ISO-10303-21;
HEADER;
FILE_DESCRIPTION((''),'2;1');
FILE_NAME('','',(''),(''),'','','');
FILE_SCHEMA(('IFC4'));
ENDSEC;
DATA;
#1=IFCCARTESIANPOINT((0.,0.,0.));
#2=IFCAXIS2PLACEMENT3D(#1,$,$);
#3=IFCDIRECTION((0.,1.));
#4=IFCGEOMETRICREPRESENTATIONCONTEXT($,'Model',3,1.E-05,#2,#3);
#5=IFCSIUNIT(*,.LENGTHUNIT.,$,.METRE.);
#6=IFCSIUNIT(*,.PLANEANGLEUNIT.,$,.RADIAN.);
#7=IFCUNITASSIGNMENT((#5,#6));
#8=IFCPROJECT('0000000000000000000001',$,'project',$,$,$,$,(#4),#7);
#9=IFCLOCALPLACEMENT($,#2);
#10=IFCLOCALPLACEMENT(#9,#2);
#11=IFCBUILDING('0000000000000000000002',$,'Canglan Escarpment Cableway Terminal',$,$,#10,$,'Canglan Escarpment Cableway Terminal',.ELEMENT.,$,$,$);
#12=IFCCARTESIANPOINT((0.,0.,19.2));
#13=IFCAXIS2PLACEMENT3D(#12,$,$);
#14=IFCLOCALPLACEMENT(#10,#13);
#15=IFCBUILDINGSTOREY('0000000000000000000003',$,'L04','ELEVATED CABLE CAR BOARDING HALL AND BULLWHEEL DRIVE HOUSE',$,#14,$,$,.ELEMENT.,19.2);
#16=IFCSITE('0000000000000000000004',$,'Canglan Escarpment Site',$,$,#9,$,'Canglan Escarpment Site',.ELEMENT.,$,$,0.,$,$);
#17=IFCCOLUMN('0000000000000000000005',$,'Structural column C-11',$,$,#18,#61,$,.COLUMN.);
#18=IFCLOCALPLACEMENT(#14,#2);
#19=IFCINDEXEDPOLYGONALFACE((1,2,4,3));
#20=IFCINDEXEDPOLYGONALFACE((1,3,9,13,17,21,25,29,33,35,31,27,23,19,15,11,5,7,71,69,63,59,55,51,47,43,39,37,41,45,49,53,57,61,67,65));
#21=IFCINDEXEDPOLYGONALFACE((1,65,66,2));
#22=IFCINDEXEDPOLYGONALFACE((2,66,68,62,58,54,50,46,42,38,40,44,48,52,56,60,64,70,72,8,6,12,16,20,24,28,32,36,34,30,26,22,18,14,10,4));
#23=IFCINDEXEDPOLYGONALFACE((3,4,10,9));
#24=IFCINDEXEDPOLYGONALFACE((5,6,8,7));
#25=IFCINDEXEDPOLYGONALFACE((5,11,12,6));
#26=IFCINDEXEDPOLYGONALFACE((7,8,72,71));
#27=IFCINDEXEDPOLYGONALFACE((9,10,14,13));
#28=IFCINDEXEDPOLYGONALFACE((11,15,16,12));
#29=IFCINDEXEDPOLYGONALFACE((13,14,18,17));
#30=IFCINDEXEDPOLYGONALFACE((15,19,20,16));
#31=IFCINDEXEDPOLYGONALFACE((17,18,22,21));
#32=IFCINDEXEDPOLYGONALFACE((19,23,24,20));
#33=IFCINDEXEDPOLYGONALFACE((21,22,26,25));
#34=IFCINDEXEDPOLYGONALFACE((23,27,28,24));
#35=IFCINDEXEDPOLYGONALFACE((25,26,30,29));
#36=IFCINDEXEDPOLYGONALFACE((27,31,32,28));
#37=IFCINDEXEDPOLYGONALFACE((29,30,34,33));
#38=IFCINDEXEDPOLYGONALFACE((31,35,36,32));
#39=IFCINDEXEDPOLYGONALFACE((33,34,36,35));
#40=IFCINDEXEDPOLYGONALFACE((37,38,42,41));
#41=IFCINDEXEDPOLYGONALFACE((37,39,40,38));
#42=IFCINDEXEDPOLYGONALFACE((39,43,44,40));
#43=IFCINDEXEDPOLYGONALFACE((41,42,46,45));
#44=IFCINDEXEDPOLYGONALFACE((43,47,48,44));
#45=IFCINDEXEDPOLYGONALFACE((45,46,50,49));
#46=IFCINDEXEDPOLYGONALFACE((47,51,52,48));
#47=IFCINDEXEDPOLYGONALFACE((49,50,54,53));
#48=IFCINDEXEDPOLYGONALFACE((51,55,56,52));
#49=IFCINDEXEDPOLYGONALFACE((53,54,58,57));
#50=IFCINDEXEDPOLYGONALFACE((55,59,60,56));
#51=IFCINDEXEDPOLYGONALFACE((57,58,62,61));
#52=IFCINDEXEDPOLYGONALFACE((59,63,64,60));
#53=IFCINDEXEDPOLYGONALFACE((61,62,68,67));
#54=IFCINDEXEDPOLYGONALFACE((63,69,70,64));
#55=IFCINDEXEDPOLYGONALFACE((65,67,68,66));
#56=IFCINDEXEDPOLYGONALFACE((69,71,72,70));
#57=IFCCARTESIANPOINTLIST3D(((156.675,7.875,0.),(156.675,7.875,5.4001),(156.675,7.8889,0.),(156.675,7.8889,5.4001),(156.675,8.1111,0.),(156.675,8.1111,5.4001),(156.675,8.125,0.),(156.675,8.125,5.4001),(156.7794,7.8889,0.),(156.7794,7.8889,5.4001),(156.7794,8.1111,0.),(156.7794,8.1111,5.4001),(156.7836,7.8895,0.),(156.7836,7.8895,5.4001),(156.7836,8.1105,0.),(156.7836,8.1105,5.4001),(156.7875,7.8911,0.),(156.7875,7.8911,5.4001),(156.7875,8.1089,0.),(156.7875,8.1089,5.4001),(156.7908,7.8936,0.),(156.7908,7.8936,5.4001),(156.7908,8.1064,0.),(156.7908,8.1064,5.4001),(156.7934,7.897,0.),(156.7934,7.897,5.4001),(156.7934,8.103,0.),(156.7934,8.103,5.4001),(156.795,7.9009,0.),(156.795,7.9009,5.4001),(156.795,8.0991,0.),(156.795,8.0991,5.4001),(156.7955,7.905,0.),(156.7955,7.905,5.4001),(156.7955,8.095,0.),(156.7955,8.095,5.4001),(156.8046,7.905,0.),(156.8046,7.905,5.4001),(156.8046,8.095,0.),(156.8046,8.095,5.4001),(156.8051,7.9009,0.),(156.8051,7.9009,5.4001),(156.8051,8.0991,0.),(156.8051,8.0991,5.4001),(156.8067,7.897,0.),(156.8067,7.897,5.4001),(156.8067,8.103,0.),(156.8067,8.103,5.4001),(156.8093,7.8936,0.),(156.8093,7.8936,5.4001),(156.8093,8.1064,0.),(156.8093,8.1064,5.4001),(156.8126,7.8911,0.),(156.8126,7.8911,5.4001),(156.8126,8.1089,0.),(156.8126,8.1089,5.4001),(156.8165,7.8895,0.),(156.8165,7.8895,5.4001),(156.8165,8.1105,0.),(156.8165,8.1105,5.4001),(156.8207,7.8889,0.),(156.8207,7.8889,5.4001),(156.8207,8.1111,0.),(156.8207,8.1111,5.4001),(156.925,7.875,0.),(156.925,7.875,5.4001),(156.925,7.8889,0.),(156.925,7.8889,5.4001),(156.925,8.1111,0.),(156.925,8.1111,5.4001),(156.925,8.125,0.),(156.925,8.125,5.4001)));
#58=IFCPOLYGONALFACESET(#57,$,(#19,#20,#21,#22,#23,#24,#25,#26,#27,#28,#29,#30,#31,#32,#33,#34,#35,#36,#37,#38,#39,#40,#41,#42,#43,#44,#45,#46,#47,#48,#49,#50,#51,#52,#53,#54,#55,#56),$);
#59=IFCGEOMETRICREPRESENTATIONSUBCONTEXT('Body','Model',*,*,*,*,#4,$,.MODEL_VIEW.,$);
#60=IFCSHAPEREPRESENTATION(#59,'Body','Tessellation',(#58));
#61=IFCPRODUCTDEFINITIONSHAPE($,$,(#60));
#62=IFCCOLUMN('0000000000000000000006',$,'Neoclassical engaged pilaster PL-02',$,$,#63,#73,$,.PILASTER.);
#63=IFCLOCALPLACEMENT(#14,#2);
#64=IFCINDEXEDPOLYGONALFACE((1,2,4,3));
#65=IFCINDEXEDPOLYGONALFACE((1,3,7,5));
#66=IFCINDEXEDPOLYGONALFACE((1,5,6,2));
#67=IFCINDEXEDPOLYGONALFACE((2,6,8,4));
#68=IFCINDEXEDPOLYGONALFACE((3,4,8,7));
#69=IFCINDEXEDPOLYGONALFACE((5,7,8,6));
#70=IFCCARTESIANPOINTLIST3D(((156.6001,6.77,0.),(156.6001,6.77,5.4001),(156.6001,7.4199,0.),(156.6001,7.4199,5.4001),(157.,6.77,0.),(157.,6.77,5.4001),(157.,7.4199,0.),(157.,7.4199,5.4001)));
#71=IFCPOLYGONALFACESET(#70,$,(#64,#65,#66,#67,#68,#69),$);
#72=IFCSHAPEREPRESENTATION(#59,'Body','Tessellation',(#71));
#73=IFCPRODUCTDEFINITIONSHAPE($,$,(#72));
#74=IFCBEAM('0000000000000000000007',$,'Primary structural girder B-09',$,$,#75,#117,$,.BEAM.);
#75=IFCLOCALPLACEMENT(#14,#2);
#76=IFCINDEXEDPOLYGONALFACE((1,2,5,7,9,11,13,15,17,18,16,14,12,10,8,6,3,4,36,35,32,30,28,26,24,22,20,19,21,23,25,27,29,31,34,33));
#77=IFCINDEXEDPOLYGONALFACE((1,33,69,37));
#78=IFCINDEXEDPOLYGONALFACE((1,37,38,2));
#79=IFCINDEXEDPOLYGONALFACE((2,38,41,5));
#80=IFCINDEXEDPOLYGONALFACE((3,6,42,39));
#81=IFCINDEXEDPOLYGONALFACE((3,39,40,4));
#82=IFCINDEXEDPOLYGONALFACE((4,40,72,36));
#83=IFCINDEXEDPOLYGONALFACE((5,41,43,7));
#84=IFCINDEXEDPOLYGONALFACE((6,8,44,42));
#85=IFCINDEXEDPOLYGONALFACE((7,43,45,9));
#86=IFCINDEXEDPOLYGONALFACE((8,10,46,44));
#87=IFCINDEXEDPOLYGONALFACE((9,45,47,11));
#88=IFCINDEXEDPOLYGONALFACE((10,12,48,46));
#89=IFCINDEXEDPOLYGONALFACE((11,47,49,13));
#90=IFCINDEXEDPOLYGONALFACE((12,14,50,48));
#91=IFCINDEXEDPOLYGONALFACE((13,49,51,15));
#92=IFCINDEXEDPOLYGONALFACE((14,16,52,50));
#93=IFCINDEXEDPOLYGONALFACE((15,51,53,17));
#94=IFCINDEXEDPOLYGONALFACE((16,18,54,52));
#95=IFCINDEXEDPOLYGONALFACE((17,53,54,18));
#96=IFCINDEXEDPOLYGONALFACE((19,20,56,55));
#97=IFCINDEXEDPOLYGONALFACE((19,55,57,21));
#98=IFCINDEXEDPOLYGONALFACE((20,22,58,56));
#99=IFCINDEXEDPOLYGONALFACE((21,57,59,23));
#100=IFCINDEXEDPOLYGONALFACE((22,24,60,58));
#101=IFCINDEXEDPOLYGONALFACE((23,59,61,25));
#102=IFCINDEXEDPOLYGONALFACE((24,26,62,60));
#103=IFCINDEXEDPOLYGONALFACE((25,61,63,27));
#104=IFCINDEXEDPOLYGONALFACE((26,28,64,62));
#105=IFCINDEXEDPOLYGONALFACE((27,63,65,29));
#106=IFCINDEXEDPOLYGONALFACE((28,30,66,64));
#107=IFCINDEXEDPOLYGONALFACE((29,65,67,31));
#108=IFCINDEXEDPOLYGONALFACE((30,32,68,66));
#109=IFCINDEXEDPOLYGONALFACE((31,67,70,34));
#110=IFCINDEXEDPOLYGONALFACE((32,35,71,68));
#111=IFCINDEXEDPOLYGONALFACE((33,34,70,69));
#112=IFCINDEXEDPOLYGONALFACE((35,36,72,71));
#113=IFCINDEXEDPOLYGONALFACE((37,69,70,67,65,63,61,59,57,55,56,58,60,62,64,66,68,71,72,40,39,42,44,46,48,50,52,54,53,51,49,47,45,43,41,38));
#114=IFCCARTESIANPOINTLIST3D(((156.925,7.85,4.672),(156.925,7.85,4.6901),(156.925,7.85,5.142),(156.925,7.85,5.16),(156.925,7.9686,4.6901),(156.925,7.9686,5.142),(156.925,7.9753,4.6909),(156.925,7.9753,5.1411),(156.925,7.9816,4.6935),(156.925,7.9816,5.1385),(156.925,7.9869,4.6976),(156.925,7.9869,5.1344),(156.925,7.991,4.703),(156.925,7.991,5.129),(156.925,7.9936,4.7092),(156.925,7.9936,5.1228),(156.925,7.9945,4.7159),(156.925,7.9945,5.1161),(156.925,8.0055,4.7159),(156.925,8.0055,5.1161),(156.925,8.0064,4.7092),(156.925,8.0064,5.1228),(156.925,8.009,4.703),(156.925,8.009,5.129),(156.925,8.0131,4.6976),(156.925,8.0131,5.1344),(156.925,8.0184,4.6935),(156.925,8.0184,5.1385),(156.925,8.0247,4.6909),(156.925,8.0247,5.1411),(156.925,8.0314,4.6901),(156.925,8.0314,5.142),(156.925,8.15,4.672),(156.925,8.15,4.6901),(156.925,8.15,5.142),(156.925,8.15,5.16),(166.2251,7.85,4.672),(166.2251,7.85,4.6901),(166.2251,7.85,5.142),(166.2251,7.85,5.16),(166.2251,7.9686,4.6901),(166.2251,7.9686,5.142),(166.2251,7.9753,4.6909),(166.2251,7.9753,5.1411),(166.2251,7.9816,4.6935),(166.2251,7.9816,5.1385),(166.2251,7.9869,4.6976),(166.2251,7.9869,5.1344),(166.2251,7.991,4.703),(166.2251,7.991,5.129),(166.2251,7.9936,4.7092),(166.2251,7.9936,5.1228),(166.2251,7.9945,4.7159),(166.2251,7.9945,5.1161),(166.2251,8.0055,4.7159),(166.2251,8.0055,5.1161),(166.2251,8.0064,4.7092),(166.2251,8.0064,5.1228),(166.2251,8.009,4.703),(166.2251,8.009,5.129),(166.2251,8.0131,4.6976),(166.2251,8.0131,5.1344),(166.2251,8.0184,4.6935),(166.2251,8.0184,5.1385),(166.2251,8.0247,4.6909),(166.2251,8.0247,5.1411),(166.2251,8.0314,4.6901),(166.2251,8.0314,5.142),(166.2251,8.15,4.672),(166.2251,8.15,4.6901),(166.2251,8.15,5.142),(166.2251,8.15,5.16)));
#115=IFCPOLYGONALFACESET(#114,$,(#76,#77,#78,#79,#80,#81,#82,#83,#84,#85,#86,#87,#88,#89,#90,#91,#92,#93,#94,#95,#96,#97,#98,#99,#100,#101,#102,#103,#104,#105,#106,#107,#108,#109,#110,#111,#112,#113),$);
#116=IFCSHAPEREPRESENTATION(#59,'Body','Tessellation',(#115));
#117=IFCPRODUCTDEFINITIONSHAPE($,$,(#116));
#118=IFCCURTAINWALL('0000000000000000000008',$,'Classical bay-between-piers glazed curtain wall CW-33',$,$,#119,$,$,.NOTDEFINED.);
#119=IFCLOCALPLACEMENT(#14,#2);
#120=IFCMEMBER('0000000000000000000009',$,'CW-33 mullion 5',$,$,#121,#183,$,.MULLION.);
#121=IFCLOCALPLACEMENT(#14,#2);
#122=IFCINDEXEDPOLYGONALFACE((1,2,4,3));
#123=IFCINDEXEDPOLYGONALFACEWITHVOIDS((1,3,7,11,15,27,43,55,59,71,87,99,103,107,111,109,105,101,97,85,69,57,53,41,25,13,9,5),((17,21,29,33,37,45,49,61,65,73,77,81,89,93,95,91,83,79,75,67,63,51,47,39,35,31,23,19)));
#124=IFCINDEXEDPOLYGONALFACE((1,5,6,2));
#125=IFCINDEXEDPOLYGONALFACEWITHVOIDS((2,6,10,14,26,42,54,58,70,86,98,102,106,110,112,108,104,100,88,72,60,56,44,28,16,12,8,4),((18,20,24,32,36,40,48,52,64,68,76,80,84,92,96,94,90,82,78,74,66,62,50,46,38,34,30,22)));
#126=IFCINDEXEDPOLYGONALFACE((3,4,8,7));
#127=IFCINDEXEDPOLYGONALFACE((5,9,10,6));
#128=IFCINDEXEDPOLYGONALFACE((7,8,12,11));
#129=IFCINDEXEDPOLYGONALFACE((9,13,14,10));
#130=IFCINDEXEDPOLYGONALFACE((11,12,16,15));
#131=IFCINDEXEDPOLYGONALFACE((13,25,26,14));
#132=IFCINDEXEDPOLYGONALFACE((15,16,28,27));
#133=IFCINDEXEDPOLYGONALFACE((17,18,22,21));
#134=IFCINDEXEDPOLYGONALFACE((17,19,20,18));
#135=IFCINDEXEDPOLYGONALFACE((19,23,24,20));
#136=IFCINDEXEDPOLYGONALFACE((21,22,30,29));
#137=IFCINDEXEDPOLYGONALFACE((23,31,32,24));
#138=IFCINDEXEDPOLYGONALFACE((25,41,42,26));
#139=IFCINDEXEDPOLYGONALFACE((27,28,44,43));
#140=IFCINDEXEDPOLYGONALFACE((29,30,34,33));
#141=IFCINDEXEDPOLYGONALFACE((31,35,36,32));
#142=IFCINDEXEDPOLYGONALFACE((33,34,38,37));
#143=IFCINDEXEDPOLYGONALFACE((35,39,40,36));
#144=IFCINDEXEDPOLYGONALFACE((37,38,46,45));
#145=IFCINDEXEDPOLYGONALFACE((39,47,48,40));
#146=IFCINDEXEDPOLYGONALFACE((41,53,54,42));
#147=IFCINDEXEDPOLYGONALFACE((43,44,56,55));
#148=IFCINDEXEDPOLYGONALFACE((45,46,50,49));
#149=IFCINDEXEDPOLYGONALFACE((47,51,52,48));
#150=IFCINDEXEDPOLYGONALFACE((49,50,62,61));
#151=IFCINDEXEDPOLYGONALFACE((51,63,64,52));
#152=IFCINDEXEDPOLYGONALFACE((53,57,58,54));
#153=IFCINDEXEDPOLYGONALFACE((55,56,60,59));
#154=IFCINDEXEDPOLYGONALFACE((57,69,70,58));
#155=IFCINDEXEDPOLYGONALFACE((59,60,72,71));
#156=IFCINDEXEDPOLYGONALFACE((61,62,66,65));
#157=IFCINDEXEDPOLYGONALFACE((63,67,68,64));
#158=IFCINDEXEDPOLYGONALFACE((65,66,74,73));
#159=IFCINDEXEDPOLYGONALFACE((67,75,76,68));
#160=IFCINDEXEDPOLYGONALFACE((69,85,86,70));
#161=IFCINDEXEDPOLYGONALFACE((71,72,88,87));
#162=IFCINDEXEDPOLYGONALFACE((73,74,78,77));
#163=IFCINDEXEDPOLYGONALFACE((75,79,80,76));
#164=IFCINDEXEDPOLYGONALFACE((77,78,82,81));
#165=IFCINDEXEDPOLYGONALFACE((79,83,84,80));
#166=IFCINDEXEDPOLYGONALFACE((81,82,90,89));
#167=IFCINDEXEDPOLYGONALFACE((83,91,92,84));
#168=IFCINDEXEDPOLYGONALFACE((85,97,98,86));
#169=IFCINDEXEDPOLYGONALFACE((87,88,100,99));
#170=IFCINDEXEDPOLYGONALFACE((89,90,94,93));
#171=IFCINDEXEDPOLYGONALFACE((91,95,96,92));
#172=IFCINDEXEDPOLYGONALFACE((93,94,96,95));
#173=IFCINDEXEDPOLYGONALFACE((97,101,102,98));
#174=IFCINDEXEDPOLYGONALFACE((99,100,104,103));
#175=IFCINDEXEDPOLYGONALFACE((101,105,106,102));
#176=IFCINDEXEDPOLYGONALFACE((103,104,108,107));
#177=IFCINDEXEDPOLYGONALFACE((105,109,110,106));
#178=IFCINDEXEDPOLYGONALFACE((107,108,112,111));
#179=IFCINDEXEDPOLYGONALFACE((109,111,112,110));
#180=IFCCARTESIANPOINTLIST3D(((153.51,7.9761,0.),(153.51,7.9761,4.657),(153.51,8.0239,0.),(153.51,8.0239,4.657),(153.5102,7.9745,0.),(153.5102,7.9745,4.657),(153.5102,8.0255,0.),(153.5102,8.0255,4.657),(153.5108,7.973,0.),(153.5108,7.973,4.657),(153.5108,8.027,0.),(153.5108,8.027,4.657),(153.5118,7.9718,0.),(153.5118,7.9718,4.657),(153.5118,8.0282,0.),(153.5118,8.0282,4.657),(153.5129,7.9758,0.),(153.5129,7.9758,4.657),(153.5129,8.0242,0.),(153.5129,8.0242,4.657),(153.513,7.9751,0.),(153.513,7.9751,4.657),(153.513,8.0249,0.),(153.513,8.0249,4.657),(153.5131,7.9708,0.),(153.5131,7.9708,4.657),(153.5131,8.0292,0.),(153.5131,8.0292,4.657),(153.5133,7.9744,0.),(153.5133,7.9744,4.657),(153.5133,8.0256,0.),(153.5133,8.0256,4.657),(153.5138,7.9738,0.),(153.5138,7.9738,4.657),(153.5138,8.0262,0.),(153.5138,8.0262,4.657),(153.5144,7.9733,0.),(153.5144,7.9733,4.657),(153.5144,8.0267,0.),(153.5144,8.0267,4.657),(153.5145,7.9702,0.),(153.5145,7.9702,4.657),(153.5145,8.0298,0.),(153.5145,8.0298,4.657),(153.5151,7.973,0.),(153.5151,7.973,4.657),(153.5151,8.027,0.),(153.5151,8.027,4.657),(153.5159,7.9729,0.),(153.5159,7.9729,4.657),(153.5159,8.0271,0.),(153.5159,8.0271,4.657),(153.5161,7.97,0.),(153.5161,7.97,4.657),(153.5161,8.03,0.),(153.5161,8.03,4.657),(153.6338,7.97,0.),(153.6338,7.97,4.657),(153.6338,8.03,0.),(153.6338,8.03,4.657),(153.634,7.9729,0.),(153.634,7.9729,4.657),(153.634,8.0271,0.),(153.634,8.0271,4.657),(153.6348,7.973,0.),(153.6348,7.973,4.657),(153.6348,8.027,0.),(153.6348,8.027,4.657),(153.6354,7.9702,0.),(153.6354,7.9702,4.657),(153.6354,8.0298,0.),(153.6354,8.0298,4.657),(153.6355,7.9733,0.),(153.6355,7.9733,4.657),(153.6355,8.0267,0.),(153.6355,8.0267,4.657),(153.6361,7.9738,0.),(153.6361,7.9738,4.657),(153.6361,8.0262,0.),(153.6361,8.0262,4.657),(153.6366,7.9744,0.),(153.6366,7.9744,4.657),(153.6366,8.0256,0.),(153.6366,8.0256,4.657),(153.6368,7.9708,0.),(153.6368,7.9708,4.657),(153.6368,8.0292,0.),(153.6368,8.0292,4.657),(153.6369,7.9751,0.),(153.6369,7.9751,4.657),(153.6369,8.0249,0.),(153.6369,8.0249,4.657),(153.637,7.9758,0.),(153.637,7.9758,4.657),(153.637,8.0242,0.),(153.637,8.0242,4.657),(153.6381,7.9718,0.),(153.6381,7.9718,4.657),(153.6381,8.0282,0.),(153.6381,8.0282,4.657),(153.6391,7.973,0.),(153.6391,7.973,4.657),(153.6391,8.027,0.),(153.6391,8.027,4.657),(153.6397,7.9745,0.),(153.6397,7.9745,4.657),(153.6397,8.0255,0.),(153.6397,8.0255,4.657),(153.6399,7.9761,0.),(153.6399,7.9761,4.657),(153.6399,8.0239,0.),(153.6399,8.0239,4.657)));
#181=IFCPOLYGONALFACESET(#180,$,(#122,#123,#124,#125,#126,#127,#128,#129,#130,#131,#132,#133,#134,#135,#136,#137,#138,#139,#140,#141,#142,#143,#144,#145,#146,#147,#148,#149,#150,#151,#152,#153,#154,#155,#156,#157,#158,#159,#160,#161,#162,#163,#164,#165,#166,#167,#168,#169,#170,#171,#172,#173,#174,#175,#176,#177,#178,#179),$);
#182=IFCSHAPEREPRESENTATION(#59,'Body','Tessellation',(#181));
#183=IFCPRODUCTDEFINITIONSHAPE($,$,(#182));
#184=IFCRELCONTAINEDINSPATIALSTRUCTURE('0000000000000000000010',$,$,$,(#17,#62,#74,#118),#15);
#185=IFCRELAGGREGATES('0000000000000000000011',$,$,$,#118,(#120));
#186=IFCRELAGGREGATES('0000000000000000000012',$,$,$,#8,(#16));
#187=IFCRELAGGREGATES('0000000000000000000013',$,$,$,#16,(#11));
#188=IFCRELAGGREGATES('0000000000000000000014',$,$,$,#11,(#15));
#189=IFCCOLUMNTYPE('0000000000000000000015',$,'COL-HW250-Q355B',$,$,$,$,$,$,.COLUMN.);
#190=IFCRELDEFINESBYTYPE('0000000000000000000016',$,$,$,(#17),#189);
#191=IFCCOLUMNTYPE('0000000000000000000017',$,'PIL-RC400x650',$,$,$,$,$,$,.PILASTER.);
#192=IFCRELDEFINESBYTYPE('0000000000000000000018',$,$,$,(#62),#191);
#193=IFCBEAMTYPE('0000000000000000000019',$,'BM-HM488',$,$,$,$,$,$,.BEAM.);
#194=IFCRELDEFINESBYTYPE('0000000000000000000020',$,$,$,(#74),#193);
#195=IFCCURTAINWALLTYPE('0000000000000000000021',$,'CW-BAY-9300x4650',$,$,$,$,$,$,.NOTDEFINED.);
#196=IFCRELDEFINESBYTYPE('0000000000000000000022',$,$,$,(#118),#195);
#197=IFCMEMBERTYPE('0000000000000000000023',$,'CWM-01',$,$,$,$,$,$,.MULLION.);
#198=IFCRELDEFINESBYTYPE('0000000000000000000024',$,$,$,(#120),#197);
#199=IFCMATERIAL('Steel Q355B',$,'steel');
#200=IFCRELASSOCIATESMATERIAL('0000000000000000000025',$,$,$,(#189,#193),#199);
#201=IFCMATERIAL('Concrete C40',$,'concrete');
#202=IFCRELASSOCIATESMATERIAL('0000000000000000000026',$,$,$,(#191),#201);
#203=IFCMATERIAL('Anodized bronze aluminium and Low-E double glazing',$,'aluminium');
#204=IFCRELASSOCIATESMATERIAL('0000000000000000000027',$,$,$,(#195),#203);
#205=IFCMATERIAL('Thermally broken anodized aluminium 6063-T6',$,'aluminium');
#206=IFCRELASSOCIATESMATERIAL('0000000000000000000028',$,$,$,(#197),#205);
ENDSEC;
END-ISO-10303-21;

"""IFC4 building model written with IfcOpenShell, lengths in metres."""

from ifc_helpers import new_model, si_unit, direction, frame, origin, origin_2d, place, context, subcontext, project, spatial, rectangle, hollow_rectangle, i_section, extrude, material, material_profile, profile_set, type_object, element, aggregate, save


model = new_model("IFC4")

# Units and contexts
model_context = context("Model", 3, precision=1e-05, world=origin(), true_north=direction((0.0, 1.0)))
body_context = subcontext(model_context, "Body", "Model", "MODEL_VIEW")
ifc_project = project(units=[si_unit("LENGTHUNIT", "METRE"), si_unit("PLANEANGLEUNIT", "RADIAN")], contexts=[model_context])

# Site, building, storey
site_placement = place(None, origin())
site = spatial("IfcSite", under=ifc_project, at=site_placement, Name="Canglan Escarpment Site", LongName="Canglan Escarpment Site", CompositionType="ELEMENT", RefElevation=0.0)
building_placement = place(site_placement, origin())
building = spatial("IfcBuilding", under=site, at=building_placement, Name="Canglan Escarpment Cableway Terminal", LongName="Canglan Escarpment Cableway Terminal", CompositionType="ELEMENT")
storey_placement = place(building_placement, frame((0.0, 0.0, 19.2)))
storey = spatial("IfcBuildingStorey", under=building, at=storey_placement, Name="L04", Description="ELEVATED CABLE CAR BOARDING HALL AND BULLWHEEL DRIVE HOUSE", CompositionType="ELEMENT", Elevation=19.2)

# Columns
ifc_material_1 = material(Name="Steel Q355B", Category="steel")
ifc_material_profile_1 = material_profile(ifc_material_1, i_section(OverallWidth=0.25, OverallDepth=0.25, WebThickness=0.009, FlangeThickness=0.0139, FilletRadius=0.0161, at=origin_2d()), Name="HW 250x250x9x14")
ifc_profile_set_1 = profile_set([ifc_material_profile_1], Name="Steel Q355B")
column_type_1 = type_object("IfcColumnType", Name="COL-HW250-Q355B", PredefinedType="COLUMN", material=ifc_profile_set_1)
column_1_placement = place(storey_placement, frame((156.8, 8.0, 0.0), z_axis=(0.0, 0.0, 1.0), x_axis=(1.0, 0.0, 0.0)))
element("IfcColumn", 1, at=column_1_placement, inside=storey, type_object=column_type_1, Name="Structural column C-11", PredefinedType="COLUMN", context=body_context, shape_type="SweptSolid", body=[
    extrude(i_section(OverallWidth=0.25, OverallDepth=0.25, WebThickness=0.009, FlangeThickness=0.0139, FilletRadius=0.0161, at=origin_2d()), origin(), (0.0, 0.0, 1.0), 5.4001),
])
ifc_material_2 = material(Name="Concrete C40", Category="concrete")
ifc_material_profile_2 = material_profile(ifc_material_2, rectangle(XDim=0.3999, YDim=0.6499, at=origin_2d()), Name="RC-PIL 400x650")
ifc_profile_set_2 = profile_set([ifc_material_profile_2], Name="Concrete C40")
column_type_2 = type_object("IfcColumnType", Name="PIL-RC400x650", PredefinedType="PILASTER", material=ifc_profile_set_2)
column_2_placement = place(storey_placement, frame((156.8, 7.095, 0.0), z_axis=(0.0, 0.0, 1.0), x_axis=(1.0, 0.0, 0.0)))
element("IfcColumn", 2, at=column_2_placement, inside=storey, type_object=column_type_2, Name="Neoclassical engaged pilaster PL-02", PredefinedType="PILASTER", context=body_context, shape_type="SweptSolid", body=[
    extrude(rectangle(XDim=0.3999, YDim=0.6499, at=origin_2d()), origin(), (0.0, 0.0, 1.0), 5.4001),
])

# Beam
ifc_material_profile_3 = material_profile(ifc_material_1, i_section(OverallWidth=0.3, OverallDepth=0.488, WebThickness=0.011, FlangeThickness=0.0181, FilletRadius=0.0259, at=origin_2d()), Name="HM 488x300x11x18")
ifc_profile_set_3 = profile_set([ifc_material_profile_3], Name="Steel Q355B")
beam_type = type_object("IfcBeamType", Name="BM-HM488", PredefinedType="BEAM", material=ifc_profile_set_3)
beam_placement = place(storey_placement, frame((156.925, 8.0, 4.916), z_axis=(1.0, 0.0, 0.0), x_axis=(0.0, 1.0, 0.0)))
element("IfcBeam", 3, at=beam_placement, inside=storey, type_object=beam_type, Name="Primary structural girder B-09", PredefinedType="BEAM", context=body_context, shape_type="SweptSolid", body=[
    extrude(i_section(OverallWidth=0.3, OverallDepth=0.488, WebThickness=0.011, FlangeThickness=0.0181, FilletRadius=0.0259, at=origin_2d()), origin(), (0.0, 0.0, 1.0), 9.3),
])

# Curtain wall, member
ifc_material_3 = material(Name="Anodized bronze aluminium and Low-E double glazing", Category="aluminium")
curtain_wall_type = type_object("IfcCurtainWallType", Name="CW-BAY-9300x4650", PredefinedType="NOTDEFINED", material=ifc_material_3)
curtain_wall_1_placement = place(storey_placement, origin())
curtain_wall_1 = element("IfcCurtainWall", 4, at=curtain_wall_1_placement, inside=storey, type_object=curtain_wall_type, Name="Classical bay-between-piers glazed curtain wall CW-33", PredefinedType="NOTDEFINED")
ifc_material_4 = material(Name="Thermally broken anodized aluminium 6063-T6", Category="aluminium")
ifc_material_profile_4 = material_profile(ifc_material_4, hollow_rectangle(XDim=0.0601, YDim=0.1299, WallThickness=0.0029, InnerFilletRadius=0.0029, OuterFilletRadius=0.0061, at=origin_2d()), Name="ALU-MULL 60x130x3")
ifc_profile_set_4 = profile_set([ifc_material_profile_4], Name="Thermally broken anodized aluminium 6063-T6")
member_type_1 = type_object("IfcMemberType", Name="CWM-01", PredefinedType="MULLION", material=ifc_profile_set_4)
member_1_placement = place(storey_placement, frame((153.575, 8.0, 0.0), z_axis=(0.0, 0.0, 1.0), x_axis=(0.0, 1.0, 0.0)))
member_1 = element("IfcMember", 5, at=member_1_placement, type_object=member_type_1, Name="CW-33 mullion 5", PredefinedType="MULLION", context=body_context, shape_type="SweptSolid", body=[
    extrude(hollow_rectangle(XDim=0.0601, YDim=0.1299, WallThickness=0.0029, InnerFilletRadius=0.0029, OuterFilletRadius=0.0061, at=origin_2d()), origin(), (0.0, 0.0, 1.0), 4.657),
])

aggregate(curtain_wall_1, [member_1])

save(model, "model.ifc")
